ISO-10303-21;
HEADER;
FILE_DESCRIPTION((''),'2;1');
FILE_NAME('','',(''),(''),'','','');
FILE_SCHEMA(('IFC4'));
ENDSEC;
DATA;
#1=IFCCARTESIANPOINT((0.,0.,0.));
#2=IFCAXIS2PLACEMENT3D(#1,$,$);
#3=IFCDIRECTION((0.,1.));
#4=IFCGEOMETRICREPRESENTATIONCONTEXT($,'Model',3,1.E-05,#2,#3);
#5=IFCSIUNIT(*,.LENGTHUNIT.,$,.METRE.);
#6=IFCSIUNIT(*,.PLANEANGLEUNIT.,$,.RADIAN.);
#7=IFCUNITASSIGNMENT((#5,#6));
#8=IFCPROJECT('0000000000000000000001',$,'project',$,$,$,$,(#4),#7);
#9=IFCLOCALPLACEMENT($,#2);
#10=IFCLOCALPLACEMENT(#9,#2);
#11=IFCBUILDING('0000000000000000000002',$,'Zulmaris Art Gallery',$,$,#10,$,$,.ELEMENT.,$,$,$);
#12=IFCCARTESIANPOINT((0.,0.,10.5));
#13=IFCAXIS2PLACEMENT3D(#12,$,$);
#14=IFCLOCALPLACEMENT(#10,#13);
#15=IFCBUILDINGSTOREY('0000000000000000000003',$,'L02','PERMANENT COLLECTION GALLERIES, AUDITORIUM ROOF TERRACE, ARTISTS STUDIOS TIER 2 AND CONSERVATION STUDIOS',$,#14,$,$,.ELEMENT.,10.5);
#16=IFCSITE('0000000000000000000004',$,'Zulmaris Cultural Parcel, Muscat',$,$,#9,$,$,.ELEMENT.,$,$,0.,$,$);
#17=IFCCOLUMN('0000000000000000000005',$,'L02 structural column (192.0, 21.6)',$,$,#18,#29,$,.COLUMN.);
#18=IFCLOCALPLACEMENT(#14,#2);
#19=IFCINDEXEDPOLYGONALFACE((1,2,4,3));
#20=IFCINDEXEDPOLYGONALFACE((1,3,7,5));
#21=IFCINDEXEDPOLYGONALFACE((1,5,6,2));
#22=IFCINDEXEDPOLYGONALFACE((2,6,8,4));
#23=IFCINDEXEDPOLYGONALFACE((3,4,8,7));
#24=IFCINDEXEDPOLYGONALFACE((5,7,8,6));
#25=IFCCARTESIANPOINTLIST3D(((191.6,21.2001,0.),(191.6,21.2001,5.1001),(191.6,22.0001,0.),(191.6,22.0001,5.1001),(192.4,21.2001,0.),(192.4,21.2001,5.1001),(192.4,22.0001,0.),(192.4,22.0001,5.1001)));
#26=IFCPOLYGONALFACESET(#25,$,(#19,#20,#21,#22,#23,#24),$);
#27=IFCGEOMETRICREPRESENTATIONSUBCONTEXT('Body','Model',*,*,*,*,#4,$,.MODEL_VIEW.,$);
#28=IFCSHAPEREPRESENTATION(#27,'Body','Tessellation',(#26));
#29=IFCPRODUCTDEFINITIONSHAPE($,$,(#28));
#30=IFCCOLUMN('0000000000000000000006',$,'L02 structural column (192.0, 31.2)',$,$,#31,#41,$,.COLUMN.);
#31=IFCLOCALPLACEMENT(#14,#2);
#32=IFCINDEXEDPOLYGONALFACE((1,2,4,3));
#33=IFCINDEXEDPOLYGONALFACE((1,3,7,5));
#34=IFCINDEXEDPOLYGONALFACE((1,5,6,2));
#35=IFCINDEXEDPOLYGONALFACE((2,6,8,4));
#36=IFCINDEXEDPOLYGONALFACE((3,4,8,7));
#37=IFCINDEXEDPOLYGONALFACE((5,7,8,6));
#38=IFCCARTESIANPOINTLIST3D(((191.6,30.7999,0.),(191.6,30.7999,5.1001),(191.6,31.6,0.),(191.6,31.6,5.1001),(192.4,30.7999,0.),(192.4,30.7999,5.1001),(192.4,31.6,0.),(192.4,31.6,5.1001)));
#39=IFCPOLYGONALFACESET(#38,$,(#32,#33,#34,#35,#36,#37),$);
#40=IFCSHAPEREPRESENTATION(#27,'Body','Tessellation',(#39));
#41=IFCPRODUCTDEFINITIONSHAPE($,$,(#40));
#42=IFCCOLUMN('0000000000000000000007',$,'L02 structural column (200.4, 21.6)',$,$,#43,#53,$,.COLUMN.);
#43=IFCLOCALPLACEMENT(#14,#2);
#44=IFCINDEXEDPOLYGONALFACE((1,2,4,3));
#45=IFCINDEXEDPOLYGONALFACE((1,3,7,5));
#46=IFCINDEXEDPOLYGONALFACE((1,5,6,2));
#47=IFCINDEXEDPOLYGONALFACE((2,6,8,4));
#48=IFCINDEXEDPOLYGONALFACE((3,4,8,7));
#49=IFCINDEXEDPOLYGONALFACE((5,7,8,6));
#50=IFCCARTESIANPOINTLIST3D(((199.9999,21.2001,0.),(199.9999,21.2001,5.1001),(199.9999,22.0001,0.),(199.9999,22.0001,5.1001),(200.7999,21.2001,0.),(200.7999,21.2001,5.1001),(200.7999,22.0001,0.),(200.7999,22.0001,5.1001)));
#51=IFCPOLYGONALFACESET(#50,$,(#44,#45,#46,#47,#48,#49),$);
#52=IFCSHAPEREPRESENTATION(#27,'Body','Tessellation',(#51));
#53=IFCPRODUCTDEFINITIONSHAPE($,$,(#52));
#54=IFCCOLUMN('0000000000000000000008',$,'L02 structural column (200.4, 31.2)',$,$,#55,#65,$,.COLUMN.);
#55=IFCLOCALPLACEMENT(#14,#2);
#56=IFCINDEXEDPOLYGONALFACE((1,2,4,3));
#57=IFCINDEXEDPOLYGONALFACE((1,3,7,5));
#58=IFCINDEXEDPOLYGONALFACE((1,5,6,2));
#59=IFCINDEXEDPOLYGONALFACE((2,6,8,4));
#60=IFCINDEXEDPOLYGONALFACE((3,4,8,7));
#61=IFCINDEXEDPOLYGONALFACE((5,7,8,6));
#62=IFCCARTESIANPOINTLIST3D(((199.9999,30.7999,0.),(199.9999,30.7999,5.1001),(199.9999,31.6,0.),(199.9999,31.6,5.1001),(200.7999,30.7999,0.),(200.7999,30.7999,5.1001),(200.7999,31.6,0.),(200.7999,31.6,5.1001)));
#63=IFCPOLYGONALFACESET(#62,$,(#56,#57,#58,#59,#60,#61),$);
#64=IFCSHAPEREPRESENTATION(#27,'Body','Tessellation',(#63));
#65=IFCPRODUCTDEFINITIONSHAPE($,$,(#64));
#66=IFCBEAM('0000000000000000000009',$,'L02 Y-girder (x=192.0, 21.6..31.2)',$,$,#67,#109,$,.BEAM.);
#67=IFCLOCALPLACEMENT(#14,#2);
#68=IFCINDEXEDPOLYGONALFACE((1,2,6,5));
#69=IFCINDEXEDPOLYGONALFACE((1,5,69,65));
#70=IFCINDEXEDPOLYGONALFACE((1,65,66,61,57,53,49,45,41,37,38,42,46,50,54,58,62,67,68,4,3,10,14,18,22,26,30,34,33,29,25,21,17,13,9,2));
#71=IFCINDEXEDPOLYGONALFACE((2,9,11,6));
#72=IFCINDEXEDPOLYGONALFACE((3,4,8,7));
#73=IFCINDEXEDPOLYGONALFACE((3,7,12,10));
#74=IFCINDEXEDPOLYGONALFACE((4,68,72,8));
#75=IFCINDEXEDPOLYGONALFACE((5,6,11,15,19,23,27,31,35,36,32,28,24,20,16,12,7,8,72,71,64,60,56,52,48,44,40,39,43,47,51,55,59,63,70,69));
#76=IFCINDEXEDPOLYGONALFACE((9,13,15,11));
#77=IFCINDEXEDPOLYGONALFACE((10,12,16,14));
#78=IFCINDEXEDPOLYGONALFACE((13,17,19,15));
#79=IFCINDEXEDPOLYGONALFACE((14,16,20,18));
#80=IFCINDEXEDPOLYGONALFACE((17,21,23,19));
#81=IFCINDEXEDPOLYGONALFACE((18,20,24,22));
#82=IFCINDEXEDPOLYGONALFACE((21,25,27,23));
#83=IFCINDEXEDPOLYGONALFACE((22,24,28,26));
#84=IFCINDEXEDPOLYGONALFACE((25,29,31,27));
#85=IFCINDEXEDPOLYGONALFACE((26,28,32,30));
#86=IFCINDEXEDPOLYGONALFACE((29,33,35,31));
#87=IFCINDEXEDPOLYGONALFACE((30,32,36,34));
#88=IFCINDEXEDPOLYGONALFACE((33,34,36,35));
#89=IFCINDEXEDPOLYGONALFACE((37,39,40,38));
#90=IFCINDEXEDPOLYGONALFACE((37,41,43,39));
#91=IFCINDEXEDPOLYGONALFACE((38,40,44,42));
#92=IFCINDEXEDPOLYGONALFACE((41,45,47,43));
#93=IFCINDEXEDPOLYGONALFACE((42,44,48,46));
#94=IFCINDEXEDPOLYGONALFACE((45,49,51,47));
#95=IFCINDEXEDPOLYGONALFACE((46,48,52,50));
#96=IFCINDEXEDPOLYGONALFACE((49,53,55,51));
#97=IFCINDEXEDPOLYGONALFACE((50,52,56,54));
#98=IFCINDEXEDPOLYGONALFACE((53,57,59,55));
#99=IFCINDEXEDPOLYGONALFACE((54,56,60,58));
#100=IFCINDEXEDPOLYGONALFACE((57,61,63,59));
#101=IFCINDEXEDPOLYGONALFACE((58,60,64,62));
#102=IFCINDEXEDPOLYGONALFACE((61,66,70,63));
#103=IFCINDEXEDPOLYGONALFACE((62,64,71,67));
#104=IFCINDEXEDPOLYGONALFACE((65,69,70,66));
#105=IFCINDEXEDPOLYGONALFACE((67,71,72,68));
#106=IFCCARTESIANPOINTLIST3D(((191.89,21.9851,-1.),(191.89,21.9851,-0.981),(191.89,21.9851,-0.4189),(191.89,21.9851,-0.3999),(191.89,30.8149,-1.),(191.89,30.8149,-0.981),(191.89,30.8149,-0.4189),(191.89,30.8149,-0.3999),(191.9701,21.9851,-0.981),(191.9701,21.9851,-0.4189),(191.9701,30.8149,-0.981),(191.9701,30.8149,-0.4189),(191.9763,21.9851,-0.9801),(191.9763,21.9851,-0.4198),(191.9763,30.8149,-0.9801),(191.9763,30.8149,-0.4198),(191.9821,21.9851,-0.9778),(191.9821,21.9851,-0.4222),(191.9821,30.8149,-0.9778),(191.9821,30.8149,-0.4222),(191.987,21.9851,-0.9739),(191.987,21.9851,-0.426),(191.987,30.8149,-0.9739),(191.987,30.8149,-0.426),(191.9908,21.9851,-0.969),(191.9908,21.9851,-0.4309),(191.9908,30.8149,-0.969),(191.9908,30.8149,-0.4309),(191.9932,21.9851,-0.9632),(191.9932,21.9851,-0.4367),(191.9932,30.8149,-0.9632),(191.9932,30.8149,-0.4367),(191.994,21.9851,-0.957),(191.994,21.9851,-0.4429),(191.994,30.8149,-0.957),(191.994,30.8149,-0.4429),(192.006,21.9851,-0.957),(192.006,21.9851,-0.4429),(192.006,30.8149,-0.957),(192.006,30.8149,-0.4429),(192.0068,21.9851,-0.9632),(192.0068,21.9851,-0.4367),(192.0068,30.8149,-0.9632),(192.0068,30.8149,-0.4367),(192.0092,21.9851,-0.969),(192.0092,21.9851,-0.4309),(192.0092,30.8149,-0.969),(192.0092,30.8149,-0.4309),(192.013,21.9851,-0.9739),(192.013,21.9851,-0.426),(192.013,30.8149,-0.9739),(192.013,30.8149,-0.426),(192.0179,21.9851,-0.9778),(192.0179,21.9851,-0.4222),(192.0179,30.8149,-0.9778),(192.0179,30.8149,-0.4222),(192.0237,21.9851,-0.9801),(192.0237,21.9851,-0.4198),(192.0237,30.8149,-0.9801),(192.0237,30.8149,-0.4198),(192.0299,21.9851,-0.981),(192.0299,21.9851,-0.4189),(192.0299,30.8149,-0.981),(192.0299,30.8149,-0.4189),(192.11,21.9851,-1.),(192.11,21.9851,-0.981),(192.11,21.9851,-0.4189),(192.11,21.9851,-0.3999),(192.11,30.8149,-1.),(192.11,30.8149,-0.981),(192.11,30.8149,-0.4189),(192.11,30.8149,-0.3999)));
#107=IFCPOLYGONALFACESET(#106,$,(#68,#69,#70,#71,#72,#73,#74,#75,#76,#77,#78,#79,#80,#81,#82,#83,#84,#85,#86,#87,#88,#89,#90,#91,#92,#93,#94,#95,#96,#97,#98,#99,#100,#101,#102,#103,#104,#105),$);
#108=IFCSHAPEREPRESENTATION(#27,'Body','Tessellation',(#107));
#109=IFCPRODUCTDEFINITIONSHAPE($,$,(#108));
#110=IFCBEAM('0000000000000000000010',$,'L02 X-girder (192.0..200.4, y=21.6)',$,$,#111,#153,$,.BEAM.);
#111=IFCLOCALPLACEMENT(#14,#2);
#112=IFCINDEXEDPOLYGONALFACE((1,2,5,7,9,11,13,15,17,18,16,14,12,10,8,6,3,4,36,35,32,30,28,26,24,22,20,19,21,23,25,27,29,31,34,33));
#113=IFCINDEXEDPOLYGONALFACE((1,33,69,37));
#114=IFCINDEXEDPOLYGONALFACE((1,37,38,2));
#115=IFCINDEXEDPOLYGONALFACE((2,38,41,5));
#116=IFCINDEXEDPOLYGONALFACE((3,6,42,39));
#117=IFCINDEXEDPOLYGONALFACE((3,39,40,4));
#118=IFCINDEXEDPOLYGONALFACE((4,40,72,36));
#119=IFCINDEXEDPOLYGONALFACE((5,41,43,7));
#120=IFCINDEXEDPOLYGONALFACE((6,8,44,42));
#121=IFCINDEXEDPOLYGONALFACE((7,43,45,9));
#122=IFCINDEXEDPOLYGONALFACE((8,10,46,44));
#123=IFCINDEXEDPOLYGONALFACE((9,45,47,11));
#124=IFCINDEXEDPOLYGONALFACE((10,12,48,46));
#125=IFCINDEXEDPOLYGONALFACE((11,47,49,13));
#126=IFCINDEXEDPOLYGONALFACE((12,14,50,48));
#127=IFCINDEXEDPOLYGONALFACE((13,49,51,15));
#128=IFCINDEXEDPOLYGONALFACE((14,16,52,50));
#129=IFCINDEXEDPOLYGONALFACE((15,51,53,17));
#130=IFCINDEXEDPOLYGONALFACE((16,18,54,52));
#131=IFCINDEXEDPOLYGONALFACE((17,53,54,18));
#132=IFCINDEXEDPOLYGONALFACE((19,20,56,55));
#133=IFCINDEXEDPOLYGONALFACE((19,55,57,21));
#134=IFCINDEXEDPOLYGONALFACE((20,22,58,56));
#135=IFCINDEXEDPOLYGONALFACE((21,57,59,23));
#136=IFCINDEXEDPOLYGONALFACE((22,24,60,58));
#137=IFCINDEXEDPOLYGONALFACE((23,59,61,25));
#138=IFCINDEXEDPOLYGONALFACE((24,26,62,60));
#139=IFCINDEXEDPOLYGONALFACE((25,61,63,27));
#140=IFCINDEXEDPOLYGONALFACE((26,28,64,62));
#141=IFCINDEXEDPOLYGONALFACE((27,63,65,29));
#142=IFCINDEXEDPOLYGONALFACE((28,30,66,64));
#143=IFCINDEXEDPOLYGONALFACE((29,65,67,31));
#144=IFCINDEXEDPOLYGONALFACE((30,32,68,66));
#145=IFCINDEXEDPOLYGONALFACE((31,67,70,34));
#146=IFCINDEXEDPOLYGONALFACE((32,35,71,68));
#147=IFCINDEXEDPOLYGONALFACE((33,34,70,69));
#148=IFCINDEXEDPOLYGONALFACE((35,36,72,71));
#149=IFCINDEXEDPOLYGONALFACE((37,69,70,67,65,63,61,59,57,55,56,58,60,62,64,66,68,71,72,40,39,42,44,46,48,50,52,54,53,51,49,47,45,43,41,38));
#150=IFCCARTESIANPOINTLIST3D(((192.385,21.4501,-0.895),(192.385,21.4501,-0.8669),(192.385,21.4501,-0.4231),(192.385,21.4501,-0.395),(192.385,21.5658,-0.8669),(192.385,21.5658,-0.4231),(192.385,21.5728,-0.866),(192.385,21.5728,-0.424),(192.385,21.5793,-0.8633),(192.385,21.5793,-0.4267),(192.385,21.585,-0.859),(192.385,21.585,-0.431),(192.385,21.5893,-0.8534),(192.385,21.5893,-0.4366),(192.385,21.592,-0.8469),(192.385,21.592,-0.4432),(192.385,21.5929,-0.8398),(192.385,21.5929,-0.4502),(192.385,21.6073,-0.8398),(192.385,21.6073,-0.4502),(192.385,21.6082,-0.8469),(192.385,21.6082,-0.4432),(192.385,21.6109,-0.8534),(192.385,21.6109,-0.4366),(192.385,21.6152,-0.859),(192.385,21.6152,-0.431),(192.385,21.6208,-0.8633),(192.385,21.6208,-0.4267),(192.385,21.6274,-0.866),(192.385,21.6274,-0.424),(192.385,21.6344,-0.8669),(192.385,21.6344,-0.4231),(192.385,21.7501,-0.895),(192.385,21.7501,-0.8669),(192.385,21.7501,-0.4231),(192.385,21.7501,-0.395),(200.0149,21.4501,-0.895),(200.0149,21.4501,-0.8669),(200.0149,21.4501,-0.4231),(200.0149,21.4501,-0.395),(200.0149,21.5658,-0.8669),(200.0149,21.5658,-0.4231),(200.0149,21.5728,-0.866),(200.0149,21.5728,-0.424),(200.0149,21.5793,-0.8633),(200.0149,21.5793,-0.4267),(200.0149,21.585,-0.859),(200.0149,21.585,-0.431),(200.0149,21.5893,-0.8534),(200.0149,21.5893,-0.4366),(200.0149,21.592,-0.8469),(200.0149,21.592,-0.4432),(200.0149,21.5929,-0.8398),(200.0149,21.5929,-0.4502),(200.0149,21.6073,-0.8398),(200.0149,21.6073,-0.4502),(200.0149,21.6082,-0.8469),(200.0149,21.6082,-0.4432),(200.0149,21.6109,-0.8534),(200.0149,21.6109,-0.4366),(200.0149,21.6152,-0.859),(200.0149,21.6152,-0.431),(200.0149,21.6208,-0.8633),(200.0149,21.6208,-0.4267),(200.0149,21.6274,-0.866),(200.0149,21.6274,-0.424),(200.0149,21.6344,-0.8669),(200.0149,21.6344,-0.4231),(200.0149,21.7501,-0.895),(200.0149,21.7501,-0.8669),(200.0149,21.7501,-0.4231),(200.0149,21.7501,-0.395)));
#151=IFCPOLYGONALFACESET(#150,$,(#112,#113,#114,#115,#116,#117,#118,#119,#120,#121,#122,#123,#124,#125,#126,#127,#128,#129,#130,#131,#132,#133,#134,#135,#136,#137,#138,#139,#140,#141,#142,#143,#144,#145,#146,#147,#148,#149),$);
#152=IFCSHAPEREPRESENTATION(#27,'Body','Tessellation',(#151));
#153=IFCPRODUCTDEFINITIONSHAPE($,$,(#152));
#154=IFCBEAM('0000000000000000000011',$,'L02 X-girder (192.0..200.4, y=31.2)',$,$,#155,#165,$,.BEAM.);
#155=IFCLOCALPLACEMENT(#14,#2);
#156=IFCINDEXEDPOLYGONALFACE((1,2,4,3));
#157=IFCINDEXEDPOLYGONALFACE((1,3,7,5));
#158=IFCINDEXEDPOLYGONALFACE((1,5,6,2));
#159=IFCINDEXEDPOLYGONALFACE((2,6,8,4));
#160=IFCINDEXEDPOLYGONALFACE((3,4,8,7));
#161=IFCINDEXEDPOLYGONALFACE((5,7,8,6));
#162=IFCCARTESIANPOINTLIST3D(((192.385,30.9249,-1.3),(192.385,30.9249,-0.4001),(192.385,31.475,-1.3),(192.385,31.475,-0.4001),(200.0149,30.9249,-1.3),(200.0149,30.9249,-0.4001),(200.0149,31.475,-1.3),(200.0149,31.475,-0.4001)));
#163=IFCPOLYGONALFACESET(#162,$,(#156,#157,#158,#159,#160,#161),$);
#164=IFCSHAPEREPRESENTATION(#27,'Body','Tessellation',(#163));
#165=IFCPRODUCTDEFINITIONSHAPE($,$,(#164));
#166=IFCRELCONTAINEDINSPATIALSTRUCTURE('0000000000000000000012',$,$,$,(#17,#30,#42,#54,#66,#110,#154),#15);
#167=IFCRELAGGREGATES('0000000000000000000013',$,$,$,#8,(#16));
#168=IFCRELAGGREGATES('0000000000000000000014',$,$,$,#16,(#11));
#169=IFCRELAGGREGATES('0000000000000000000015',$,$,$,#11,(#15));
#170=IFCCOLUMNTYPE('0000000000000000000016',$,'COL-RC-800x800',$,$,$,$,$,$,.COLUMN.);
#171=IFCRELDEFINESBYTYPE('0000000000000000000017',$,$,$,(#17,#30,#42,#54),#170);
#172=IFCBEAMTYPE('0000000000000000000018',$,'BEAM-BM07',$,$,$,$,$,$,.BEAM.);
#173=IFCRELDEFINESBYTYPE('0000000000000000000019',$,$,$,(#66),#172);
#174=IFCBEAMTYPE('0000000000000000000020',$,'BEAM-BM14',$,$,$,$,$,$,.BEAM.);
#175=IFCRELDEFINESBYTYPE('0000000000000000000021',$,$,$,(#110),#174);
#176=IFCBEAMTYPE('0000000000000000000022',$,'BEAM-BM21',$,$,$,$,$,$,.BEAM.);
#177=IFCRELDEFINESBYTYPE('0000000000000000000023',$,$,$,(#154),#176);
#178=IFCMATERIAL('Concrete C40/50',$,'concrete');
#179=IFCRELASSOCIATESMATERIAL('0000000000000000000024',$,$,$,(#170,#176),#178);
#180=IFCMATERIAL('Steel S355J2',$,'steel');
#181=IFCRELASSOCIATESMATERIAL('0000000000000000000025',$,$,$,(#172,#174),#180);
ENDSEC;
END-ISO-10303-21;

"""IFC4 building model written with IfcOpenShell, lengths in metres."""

from ifc_helpers import new_model, si_unit, direction, frame, origin, origin_2d, place, context, subcontext, project, spatial, rectangle, i_section, extrude, material, material_profile, profile_set, type_object, element, save


model = new_model("IFC4")

# Units and contexts
model_context = context("Model", 3, precision=1e-05, world=origin(), true_north=direction((0.0, 1.0)))
body_context = subcontext(model_context, "Body", "Model", "MODEL_VIEW")
ifc_project = project(units=[si_unit("LENGTHUNIT", "METRE"), si_unit("PLANEANGLEUNIT", "RADIAN")], contexts=[model_context])

# Site, building, storey
site_placement = place(None, origin())
site = spatial("IfcSite", under=ifc_project, at=site_placement, Name="Zulmaris Cultural Parcel, Muscat", CompositionType="ELEMENT", RefElevation=0.0)
building_placement = place(site_placement, origin())
building = spatial("IfcBuilding", under=site, at=building_placement, Name="Zulmaris Art Gallery", CompositionType="ELEMENT")
storey_placement = place(building_placement, frame((0.0, 0.0, 10.5)))
storey = spatial("IfcBuildingStorey", under=building, at=storey_placement, Name="L02", Description="PERMANENT COLLECTION GALLERIES, AUDITORIUM ROOF TERRACE, ARTISTS STUDIOS TIER 2 AND CONSERVATION STUDIOS", CompositionType="ELEMENT", Elevation=10.5)

# Columns
ifc_material_1 = material(Name="Concrete C40/50", Category="concrete")
ifc_material_profile_1 = material_profile(ifc_material_1, rectangle(XDim=0.8, YDim=0.8, at=origin_2d()), Name="RC 800x800")
ifc_profile_set_1 = profile_set([ifc_material_profile_1], Name="Concrete C40/50")
column_type = type_object("IfcColumnType", Name="COL-RC-800x800", PredefinedType="COLUMN", material=ifc_profile_set_1)
for number, where, z_axis, x_axis, name in (
    (1, (192.0, 21.6001, 0.0), (0.0, 0.0, 1.0), (1.0, 0.0, 0.0), "L02 structural column (192.0, 21.6)"),
    (2, (192.0, 31.2, 0.0), (0.0, 0.0, 1.0), (1.0, 0.0, 0.0), "L02 structural column (192.0, 31.2)"),
    (3, (200.3999, 21.6001, 0.0), (0.0, 0.0, 1.0), (1.0, 0.0, 0.0), "L02 structural column (200.4, 21.6)"),
    (4, (200.3999, 31.2, 0.0), (0.0, 0.0, 1.0), (1.0, 0.0, 0.0), "L02 structural column (200.4, 31.2)"),
):
    element("IfcColumn", number, at=place(storey_placement, frame(where, z_axis=z_axis, x_axis=x_axis)), inside=storey, type_object=column_type, Name=name, PredefinedType="COLUMN", context=body_context, shape_type="SweptSolid", body=[
        extrude(rectangle(XDim=0.8, YDim=0.8, at=origin_2d()), origin(), (0.0, 0.0, 1.0), 5.1001),
    ])

# Beams
ifc_material_2 = material(Name="Steel S355J2", Category="steel")
ifc_material_profile_2 = material_profile(ifc_material_2, i_section(OverallWidth=0.22, OverallDepth=0.6001, WebThickness=0.012, FlangeThickness=0.019, FilletRadius=0.0239, at=origin_2d()), Name="IPE 600")
ifc_profile_set_2 = profile_set([ifc_material_profile_2], Name="Steel S355J2")
beam_type_1 = type_object("IfcBeamType", Name="BEAM-BM07", PredefinedType="BEAM", material=ifc_profile_set_2)
beam_1_placement = place(storey_placement, frame((192.0, 21.9851, -0.7), z_axis=(0.0, 1.0, 0.0), x_axis=(-1.0, 0.0, 0.0)))
element("IfcBeam", 5, at=beam_1_placement, inside=storey, type_object=beam_type_1, Name="L02 Y-girder (x=192.0, 21.6..31.2)", PredefinedType="BEAM", context=body_context, shape_type="SweptSolid", body=[
    extrude(i_section(OverallWidth=0.22, OverallDepth=0.6001, WebThickness=0.012, FlangeThickness=0.019, FilletRadius=0.0239, at=origin_2d()), origin(), (0.0, 0.0, 1.0), 8.8298),
])
ifc_material_profile_3 = material_profile(ifc_material_2, i_section(OverallWidth=0.3, OverallDepth=0.5, WebThickness=0.0144, FlangeThickness=0.0281, FilletRadius=0.0271, at=origin_2d()), Name="HEB 500")
ifc_profile_set_3 = profile_set([ifc_material_profile_3], Name="Steel S355J2")
beam_type_2 = type_object("IfcBeamType", Name="BEAM-BM14", PredefinedType="BEAM", material=ifc_profile_set_3)
beam_2_placement = place(storey_placement, frame((192.385, 21.6001, -0.645), z_axis=(1.0, 0.0, 0.0), x_axis=(0.0, 1.0, 0.0)))
element("IfcBeam", 6, at=beam_2_placement, inside=storey, type_object=beam_type_2, Name="L02 X-girder (192.0..200.4, y=21.6)", PredefinedType="BEAM", context=body_context, shape_type="SweptSolid", body=[
    extrude(i_section(OverallWidth=0.3, OverallDepth=0.5, WebThickness=0.0144, FlangeThickness=0.0281, FilletRadius=0.0271, at=origin_2d()), origin(), (0.0, 0.0, 1.0), 7.6299),
])
ifc_material_profile_4 = material_profile(ifc_material_1, rectangle(XDim=0.55, YDim=0.8999, at=origin_2d()), Name="RC 550x900")
ifc_profile_set_4 = profile_set([ifc_material_profile_4], Name="Concrete C40/50")
beam_type_3 = type_object("IfcBeamType", Name="BEAM-BM21", PredefinedType="BEAM", material=ifc_profile_set_4)
beam_3_placement = place(storey_placement, frame((192.385, 31.2, -0.8501), z_axis=(1.0, 0.0, 0.0), x_axis=(0.0, 1.0, 0.0)))
element("IfcBeam", 7, at=beam_3_placement, inside=storey, type_object=beam_type_3, Name="L02 X-girder (192.0..200.4, y=31.2)", PredefinedType="BEAM", context=body_context, shape_type="SweptSolid", body=[
    extrude(rectangle(XDim=0.55, YDim=0.8999, at=origin_2d()), origin(), (0.0, 0.0, 1.0), 7.6299),
])

save(model, "model.ifc")
